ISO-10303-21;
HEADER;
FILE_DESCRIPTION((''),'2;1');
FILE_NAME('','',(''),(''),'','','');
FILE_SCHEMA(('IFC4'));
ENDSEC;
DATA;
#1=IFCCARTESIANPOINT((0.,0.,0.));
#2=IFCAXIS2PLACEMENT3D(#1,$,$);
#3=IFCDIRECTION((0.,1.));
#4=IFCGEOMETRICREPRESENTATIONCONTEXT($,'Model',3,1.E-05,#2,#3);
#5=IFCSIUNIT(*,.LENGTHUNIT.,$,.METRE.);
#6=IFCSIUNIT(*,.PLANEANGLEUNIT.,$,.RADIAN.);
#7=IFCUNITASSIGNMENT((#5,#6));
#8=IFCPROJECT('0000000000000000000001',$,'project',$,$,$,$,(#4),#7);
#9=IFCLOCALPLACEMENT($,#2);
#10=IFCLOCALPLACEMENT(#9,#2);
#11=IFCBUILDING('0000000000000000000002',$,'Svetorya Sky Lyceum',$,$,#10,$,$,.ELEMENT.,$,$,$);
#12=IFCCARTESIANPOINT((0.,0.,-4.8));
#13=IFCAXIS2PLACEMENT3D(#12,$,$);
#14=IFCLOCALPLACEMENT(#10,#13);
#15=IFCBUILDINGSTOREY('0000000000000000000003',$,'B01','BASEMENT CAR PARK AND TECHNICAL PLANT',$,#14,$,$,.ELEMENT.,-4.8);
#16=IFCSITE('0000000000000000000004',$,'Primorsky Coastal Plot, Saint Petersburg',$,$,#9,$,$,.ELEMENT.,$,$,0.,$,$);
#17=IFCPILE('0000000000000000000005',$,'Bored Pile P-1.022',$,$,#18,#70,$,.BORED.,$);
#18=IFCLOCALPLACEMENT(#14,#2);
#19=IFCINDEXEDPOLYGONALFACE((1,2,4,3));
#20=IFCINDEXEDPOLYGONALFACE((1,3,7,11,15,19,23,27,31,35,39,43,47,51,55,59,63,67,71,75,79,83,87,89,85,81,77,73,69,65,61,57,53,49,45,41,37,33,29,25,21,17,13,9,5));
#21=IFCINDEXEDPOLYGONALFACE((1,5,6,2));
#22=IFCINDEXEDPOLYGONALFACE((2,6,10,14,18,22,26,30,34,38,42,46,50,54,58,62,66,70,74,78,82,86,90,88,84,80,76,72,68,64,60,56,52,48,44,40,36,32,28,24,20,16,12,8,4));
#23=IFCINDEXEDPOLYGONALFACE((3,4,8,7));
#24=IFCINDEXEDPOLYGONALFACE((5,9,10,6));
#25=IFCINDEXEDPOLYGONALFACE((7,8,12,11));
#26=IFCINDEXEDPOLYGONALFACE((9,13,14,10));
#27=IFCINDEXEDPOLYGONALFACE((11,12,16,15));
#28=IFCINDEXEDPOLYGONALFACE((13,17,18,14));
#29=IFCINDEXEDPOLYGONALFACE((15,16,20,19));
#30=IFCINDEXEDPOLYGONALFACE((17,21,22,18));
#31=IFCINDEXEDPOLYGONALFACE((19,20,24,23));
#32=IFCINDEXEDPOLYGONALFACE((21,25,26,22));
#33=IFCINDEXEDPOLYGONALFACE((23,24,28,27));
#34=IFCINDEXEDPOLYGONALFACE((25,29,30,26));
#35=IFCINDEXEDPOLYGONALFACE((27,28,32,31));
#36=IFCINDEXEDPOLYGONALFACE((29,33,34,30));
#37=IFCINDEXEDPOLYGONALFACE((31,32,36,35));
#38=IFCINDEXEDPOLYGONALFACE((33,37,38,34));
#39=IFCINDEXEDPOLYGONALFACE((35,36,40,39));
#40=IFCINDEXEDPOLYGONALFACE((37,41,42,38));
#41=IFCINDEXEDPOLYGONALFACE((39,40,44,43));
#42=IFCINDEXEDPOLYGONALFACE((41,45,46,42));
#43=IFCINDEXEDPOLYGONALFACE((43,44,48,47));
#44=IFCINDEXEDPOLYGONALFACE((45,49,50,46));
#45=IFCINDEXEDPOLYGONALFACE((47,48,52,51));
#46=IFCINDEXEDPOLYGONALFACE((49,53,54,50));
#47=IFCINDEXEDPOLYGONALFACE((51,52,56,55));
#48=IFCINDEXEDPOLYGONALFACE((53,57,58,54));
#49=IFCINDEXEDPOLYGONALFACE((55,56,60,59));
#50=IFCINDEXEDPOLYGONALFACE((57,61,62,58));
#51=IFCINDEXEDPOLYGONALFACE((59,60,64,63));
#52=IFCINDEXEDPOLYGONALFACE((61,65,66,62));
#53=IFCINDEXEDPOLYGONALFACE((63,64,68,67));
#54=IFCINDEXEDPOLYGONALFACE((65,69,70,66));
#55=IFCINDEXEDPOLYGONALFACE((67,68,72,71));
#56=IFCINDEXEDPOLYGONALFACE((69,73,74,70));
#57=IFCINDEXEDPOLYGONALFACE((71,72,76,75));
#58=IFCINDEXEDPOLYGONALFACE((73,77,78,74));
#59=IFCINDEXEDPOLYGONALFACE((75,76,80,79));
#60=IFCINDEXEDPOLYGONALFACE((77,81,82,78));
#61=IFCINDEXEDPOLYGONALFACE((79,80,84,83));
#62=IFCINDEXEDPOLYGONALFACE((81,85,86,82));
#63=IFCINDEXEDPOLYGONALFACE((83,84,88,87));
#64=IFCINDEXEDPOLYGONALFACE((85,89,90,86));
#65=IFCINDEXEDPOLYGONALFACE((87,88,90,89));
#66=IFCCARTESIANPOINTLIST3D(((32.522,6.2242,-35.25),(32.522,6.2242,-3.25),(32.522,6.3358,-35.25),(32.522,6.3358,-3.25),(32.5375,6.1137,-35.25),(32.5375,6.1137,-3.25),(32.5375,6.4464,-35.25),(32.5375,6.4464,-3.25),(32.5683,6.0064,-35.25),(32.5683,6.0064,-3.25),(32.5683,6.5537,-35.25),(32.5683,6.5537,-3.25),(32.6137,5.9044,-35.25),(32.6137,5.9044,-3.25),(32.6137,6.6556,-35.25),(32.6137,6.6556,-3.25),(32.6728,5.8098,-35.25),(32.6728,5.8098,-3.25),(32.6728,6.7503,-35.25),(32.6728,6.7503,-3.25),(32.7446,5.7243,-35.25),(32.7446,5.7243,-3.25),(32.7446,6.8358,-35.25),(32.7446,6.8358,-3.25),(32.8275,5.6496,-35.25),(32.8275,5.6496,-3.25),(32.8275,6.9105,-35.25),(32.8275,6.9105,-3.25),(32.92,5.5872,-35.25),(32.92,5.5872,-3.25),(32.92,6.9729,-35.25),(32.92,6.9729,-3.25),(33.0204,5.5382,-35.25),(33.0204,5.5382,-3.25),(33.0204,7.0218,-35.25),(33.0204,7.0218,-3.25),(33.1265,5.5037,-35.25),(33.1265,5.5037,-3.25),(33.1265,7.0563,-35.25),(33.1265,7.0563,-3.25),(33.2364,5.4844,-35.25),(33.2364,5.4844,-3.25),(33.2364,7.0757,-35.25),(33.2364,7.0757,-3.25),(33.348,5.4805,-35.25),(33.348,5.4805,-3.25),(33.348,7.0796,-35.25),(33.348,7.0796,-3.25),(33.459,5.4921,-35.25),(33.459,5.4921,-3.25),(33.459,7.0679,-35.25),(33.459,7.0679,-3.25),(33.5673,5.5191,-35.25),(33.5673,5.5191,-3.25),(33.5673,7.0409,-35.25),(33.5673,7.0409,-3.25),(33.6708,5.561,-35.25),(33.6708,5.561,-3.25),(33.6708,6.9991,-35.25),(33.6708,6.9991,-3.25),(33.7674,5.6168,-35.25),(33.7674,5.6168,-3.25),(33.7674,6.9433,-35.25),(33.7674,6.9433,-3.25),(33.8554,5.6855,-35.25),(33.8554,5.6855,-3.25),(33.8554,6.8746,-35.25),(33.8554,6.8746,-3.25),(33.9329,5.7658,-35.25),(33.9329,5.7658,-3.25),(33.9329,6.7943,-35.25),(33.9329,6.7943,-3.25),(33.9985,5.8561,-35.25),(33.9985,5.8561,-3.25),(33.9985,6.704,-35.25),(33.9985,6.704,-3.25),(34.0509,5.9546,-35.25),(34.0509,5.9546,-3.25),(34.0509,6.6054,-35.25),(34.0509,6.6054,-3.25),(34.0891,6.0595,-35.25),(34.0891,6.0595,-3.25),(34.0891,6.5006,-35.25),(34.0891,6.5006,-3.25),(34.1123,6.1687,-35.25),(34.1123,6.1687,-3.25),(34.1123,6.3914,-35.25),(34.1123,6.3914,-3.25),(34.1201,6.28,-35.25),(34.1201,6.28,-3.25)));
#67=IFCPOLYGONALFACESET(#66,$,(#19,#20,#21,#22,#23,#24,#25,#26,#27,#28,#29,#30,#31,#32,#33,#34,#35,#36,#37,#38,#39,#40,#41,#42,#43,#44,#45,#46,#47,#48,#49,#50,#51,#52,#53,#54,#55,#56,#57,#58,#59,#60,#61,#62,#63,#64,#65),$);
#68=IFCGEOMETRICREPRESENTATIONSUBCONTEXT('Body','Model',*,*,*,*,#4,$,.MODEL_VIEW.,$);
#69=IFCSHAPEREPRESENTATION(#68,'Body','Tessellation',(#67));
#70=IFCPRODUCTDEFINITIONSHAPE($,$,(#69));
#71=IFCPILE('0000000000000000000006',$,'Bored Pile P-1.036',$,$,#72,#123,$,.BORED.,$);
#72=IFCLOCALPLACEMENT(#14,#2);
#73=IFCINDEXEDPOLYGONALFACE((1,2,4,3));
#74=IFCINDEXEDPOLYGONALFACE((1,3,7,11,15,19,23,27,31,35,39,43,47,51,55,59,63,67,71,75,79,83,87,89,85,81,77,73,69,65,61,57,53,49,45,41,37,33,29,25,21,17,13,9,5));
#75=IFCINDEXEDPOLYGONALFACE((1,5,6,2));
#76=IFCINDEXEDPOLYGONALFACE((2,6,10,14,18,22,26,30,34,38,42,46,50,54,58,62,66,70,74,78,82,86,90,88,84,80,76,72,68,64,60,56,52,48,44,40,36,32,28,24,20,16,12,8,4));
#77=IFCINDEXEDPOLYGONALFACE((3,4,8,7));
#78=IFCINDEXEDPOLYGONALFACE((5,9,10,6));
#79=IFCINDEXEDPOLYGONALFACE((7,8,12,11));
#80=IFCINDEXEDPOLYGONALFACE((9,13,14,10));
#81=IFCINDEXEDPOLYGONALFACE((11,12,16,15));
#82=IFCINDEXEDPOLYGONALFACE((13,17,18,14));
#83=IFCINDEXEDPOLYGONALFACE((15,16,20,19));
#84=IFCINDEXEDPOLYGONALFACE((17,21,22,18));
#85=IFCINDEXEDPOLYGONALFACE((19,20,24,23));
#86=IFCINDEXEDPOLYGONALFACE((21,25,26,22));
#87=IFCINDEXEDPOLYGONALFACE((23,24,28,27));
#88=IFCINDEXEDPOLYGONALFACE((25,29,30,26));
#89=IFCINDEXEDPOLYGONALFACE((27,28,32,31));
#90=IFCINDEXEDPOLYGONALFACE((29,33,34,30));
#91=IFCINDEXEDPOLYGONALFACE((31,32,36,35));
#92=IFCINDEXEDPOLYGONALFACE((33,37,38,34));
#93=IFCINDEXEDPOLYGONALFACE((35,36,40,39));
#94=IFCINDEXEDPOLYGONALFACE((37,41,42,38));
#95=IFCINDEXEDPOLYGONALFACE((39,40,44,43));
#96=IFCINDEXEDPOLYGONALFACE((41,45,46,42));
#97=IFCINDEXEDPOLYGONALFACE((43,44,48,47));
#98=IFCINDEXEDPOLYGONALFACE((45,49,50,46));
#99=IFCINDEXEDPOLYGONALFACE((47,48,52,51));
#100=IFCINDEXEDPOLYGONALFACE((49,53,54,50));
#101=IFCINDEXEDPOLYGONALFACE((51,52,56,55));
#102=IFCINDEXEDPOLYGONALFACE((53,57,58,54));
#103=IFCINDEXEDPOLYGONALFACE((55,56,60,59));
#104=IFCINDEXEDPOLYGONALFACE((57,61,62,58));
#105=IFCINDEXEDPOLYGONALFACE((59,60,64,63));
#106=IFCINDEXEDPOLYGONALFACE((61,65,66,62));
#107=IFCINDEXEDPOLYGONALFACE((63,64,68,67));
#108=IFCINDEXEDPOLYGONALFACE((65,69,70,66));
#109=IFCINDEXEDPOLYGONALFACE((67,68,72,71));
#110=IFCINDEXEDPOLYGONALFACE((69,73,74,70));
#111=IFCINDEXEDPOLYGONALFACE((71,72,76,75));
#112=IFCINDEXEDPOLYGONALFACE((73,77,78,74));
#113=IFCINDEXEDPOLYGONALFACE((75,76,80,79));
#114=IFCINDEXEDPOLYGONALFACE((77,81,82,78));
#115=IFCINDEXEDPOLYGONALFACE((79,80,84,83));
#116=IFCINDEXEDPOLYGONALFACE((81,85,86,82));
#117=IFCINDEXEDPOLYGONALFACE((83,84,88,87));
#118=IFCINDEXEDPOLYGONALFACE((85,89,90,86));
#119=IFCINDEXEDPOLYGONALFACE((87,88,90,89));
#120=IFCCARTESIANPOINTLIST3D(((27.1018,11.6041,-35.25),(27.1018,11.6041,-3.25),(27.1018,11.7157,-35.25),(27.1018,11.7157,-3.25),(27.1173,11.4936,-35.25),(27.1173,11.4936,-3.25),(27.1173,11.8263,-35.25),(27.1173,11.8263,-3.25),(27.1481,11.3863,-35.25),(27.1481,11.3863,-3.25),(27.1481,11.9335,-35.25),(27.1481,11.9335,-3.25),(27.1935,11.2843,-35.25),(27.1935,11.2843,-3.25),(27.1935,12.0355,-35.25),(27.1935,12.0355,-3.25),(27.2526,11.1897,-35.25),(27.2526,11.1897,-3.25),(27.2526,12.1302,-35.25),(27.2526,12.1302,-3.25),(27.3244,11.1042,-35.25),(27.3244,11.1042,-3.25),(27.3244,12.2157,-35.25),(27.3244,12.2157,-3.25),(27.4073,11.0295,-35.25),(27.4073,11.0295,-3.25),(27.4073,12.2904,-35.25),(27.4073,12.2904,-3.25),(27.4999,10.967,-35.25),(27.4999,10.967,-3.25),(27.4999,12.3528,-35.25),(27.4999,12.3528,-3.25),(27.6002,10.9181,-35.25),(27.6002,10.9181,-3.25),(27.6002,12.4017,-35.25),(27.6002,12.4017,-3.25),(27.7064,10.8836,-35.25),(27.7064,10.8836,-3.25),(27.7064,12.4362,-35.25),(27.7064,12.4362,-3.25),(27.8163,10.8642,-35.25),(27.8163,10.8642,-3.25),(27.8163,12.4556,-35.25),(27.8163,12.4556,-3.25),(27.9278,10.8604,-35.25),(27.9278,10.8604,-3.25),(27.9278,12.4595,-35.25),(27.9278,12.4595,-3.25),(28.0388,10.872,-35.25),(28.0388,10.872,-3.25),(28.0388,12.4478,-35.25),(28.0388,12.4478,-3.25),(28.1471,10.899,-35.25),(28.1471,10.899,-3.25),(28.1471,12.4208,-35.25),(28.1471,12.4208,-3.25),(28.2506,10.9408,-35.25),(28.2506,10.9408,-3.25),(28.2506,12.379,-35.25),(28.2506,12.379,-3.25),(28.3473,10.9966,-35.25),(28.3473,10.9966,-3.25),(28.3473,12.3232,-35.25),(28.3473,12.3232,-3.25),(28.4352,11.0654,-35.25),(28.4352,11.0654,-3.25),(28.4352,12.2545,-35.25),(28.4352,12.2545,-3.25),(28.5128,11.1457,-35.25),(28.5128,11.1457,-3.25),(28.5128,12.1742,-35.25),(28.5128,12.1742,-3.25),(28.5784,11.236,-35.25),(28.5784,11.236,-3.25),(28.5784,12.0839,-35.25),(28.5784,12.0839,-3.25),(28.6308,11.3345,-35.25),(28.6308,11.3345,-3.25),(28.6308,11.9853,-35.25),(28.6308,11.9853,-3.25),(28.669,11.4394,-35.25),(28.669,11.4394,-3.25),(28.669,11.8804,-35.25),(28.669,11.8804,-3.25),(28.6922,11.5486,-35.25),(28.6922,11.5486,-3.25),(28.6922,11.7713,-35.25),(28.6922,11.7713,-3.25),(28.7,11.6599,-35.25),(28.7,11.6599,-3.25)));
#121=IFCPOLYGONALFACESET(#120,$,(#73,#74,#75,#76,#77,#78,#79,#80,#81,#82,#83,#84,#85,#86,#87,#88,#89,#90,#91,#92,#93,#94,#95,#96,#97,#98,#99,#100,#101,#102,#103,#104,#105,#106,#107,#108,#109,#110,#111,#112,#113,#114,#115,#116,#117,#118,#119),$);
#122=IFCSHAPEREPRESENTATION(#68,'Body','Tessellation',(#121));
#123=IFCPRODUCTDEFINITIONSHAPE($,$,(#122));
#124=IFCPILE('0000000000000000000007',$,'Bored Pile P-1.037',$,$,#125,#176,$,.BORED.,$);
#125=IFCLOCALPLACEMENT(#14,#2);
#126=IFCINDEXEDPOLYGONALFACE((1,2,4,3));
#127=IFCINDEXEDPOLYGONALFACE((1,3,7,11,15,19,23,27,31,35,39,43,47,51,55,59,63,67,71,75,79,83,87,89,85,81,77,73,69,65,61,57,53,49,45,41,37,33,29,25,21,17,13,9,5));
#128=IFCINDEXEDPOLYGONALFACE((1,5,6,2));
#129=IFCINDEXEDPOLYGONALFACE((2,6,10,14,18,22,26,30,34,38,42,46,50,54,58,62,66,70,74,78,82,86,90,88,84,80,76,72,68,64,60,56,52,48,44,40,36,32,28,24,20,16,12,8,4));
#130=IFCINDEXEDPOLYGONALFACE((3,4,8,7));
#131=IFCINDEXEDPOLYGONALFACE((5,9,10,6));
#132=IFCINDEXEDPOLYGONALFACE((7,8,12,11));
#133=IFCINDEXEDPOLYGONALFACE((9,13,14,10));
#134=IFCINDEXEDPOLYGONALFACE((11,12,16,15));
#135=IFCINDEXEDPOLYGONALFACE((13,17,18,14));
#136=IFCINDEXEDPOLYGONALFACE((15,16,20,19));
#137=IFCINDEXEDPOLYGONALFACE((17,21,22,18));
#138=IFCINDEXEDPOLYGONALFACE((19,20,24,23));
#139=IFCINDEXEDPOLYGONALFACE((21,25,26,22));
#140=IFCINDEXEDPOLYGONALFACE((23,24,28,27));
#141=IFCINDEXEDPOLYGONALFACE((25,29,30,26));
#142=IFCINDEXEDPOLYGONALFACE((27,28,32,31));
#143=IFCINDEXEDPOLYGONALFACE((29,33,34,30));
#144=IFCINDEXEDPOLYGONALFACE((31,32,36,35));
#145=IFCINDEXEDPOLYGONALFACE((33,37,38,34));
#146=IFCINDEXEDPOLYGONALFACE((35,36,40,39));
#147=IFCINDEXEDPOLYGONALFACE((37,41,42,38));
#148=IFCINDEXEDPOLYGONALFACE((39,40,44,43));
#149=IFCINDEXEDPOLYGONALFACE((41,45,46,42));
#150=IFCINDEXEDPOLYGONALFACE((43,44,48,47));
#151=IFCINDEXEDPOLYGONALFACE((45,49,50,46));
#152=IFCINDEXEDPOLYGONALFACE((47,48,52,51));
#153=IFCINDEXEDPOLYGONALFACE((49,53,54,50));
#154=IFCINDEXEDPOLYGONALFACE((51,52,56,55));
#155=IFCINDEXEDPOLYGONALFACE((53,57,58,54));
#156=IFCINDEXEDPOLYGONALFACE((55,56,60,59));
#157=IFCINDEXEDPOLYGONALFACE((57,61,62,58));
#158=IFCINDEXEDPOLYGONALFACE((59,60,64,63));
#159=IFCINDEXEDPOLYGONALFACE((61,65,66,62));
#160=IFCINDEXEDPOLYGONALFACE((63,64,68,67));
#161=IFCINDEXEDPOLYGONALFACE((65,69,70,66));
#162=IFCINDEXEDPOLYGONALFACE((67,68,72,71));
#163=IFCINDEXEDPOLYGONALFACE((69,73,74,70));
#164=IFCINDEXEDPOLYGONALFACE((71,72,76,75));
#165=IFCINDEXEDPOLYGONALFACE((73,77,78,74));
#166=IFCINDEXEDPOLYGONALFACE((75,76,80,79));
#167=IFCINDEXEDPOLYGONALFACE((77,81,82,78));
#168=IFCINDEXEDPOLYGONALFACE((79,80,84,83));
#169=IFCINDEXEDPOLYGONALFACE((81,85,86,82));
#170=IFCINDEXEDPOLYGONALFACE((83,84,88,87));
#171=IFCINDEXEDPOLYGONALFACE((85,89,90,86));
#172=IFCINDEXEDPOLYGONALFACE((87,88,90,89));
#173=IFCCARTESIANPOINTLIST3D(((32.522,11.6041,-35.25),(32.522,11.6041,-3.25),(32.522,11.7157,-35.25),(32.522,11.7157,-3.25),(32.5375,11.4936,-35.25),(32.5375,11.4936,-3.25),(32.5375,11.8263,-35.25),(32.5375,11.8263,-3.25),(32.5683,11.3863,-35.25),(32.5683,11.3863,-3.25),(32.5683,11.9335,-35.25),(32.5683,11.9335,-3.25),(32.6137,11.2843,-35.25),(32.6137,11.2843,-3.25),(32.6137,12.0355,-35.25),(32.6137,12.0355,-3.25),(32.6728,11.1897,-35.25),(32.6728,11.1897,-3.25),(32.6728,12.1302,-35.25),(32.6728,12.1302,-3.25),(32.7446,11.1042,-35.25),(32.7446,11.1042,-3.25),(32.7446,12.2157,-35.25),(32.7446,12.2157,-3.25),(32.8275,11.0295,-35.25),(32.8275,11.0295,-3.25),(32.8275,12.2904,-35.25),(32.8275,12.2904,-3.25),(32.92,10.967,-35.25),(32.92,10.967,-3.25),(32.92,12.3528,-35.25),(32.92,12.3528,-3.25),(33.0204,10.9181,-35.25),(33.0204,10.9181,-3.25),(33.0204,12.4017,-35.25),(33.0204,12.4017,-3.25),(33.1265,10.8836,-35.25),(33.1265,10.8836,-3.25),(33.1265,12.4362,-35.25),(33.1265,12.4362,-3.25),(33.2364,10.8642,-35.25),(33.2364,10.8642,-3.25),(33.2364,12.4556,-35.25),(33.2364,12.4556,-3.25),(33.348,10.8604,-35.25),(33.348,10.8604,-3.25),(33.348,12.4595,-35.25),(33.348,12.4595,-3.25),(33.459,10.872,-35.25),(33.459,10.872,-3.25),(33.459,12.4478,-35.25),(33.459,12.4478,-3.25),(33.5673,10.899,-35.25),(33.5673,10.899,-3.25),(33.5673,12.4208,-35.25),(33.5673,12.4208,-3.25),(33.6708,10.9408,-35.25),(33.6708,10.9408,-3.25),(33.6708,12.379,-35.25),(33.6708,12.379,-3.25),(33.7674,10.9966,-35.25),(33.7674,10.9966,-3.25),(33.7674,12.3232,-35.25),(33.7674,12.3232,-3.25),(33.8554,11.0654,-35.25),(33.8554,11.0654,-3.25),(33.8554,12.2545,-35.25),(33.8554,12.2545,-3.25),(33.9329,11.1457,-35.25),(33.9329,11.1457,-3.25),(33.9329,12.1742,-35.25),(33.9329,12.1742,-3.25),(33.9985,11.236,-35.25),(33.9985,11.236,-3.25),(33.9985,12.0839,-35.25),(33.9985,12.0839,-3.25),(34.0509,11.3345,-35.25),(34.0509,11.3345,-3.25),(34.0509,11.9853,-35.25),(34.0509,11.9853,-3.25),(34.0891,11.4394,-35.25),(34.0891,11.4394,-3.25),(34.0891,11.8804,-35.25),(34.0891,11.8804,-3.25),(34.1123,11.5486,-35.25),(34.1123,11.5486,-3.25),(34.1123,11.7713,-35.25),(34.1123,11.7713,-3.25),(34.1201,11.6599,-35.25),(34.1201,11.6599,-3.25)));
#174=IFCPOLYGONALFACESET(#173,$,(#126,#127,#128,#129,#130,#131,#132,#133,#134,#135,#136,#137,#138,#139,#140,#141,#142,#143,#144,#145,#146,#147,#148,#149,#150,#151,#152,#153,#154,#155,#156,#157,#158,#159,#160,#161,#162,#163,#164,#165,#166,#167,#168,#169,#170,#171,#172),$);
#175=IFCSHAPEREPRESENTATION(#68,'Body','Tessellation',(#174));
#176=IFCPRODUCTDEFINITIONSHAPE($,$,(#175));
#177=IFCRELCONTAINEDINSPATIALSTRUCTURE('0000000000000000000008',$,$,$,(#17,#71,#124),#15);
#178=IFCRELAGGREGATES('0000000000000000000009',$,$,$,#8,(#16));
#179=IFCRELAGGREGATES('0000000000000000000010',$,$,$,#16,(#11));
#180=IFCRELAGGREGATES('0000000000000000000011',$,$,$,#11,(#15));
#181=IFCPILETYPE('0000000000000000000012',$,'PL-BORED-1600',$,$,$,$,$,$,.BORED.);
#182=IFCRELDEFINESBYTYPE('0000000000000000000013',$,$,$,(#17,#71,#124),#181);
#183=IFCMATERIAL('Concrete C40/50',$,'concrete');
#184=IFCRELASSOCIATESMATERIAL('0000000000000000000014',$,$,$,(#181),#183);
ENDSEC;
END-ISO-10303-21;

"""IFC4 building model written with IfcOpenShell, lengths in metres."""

from ifc_helpers import new_model, si_unit, direction, frame, origin, origin_2d, place, context, subcontext, project, spatial, circle, extrude, material, material_profile, profile_set, type_object, element, save


model = new_model("IFC4")

# Units and contexts
model_context = context("Model", 3, precision=1e-05, world=origin(), true_north=direction((0.0, 1.0)))
body_context = subcontext(model_context, "Body", "Model", "MODEL_VIEW")
ifc_project = project(units=[si_unit("LENGTHUNIT", "METRE"), si_unit("PLANEANGLEUNIT", "RADIAN")], contexts=[model_context])

# Site, building, storey
site_placement = place(None, origin())
site = spatial("IfcSite", under=ifc_project, at=site_placement, Name="Primorsky Coastal Plot, Saint Petersburg", CompositionType="ELEMENT", RefElevation=0.0)
building_placement = place(site_placement, origin())
building = spatial("IfcBuilding", under=site, at=building_placement, Name="Svetorya Sky Lyceum", CompositionType="ELEMENT")
storey_placement = place(building_placement, frame((0.0, 0.0, -4.8)))
storey = spatial("IfcBuildingStorey", under=building, at=storey_placement, Name="B01", Description="BASEMENT CAR PARK AND TECHNICAL PLANT", CompositionType="ELEMENT", Elevation=-4.8)

# Piles
ifc_material_1 = material(Name="Concrete C40/50", Category="concrete")
ifc_material_profile_1 = material_profile(ifc_material_1, circle(Radius=0.8, at=origin_2d()), Name="RC PILE D1600")
ifc_profile_set_1 = profile_set([ifc_material_profile_1], Name="Concrete C40/50")
pile_type = type_object("IfcPileType", Name="PL-BORED-1600", PredefinedType="BORED", material=ifc_profile_set_1)
for number, where, z_axis, x_axis, name in (
    (1, (33.3201, 6.28, -3.25), (0.0, 0.0, -1.0), (1.0, 0.0, 0.0), "Bored Pile P-1.022"),
    (2, (27.8999, 11.6599, -3.25), (0.0, 0.0, -1.0), (1.0, 0.0, 0.0), "Bored Pile P-1.036"),
    (3, (33.3201, 11.6599, -3.25), (0.0, 0.0, -1.0), (1.0, 0.0, 0.0), "Bored Pile P-1.037"),
):
    element("IfcPile", number, at=place(storey_placement, frame(where, z_axis=z_axis, x_axis=x_axis)), inside=storey, type_object=pile_type, Name=name, PredefinedType="BORED", context=body_context, shape_type="SweptSolid", body=[
        extrude(circle(Radius=0.8, at=origin_2d()), origin(), (0.0, 0.0, 1.0), 32.0),
    ])

save(model, "model.ifc")
